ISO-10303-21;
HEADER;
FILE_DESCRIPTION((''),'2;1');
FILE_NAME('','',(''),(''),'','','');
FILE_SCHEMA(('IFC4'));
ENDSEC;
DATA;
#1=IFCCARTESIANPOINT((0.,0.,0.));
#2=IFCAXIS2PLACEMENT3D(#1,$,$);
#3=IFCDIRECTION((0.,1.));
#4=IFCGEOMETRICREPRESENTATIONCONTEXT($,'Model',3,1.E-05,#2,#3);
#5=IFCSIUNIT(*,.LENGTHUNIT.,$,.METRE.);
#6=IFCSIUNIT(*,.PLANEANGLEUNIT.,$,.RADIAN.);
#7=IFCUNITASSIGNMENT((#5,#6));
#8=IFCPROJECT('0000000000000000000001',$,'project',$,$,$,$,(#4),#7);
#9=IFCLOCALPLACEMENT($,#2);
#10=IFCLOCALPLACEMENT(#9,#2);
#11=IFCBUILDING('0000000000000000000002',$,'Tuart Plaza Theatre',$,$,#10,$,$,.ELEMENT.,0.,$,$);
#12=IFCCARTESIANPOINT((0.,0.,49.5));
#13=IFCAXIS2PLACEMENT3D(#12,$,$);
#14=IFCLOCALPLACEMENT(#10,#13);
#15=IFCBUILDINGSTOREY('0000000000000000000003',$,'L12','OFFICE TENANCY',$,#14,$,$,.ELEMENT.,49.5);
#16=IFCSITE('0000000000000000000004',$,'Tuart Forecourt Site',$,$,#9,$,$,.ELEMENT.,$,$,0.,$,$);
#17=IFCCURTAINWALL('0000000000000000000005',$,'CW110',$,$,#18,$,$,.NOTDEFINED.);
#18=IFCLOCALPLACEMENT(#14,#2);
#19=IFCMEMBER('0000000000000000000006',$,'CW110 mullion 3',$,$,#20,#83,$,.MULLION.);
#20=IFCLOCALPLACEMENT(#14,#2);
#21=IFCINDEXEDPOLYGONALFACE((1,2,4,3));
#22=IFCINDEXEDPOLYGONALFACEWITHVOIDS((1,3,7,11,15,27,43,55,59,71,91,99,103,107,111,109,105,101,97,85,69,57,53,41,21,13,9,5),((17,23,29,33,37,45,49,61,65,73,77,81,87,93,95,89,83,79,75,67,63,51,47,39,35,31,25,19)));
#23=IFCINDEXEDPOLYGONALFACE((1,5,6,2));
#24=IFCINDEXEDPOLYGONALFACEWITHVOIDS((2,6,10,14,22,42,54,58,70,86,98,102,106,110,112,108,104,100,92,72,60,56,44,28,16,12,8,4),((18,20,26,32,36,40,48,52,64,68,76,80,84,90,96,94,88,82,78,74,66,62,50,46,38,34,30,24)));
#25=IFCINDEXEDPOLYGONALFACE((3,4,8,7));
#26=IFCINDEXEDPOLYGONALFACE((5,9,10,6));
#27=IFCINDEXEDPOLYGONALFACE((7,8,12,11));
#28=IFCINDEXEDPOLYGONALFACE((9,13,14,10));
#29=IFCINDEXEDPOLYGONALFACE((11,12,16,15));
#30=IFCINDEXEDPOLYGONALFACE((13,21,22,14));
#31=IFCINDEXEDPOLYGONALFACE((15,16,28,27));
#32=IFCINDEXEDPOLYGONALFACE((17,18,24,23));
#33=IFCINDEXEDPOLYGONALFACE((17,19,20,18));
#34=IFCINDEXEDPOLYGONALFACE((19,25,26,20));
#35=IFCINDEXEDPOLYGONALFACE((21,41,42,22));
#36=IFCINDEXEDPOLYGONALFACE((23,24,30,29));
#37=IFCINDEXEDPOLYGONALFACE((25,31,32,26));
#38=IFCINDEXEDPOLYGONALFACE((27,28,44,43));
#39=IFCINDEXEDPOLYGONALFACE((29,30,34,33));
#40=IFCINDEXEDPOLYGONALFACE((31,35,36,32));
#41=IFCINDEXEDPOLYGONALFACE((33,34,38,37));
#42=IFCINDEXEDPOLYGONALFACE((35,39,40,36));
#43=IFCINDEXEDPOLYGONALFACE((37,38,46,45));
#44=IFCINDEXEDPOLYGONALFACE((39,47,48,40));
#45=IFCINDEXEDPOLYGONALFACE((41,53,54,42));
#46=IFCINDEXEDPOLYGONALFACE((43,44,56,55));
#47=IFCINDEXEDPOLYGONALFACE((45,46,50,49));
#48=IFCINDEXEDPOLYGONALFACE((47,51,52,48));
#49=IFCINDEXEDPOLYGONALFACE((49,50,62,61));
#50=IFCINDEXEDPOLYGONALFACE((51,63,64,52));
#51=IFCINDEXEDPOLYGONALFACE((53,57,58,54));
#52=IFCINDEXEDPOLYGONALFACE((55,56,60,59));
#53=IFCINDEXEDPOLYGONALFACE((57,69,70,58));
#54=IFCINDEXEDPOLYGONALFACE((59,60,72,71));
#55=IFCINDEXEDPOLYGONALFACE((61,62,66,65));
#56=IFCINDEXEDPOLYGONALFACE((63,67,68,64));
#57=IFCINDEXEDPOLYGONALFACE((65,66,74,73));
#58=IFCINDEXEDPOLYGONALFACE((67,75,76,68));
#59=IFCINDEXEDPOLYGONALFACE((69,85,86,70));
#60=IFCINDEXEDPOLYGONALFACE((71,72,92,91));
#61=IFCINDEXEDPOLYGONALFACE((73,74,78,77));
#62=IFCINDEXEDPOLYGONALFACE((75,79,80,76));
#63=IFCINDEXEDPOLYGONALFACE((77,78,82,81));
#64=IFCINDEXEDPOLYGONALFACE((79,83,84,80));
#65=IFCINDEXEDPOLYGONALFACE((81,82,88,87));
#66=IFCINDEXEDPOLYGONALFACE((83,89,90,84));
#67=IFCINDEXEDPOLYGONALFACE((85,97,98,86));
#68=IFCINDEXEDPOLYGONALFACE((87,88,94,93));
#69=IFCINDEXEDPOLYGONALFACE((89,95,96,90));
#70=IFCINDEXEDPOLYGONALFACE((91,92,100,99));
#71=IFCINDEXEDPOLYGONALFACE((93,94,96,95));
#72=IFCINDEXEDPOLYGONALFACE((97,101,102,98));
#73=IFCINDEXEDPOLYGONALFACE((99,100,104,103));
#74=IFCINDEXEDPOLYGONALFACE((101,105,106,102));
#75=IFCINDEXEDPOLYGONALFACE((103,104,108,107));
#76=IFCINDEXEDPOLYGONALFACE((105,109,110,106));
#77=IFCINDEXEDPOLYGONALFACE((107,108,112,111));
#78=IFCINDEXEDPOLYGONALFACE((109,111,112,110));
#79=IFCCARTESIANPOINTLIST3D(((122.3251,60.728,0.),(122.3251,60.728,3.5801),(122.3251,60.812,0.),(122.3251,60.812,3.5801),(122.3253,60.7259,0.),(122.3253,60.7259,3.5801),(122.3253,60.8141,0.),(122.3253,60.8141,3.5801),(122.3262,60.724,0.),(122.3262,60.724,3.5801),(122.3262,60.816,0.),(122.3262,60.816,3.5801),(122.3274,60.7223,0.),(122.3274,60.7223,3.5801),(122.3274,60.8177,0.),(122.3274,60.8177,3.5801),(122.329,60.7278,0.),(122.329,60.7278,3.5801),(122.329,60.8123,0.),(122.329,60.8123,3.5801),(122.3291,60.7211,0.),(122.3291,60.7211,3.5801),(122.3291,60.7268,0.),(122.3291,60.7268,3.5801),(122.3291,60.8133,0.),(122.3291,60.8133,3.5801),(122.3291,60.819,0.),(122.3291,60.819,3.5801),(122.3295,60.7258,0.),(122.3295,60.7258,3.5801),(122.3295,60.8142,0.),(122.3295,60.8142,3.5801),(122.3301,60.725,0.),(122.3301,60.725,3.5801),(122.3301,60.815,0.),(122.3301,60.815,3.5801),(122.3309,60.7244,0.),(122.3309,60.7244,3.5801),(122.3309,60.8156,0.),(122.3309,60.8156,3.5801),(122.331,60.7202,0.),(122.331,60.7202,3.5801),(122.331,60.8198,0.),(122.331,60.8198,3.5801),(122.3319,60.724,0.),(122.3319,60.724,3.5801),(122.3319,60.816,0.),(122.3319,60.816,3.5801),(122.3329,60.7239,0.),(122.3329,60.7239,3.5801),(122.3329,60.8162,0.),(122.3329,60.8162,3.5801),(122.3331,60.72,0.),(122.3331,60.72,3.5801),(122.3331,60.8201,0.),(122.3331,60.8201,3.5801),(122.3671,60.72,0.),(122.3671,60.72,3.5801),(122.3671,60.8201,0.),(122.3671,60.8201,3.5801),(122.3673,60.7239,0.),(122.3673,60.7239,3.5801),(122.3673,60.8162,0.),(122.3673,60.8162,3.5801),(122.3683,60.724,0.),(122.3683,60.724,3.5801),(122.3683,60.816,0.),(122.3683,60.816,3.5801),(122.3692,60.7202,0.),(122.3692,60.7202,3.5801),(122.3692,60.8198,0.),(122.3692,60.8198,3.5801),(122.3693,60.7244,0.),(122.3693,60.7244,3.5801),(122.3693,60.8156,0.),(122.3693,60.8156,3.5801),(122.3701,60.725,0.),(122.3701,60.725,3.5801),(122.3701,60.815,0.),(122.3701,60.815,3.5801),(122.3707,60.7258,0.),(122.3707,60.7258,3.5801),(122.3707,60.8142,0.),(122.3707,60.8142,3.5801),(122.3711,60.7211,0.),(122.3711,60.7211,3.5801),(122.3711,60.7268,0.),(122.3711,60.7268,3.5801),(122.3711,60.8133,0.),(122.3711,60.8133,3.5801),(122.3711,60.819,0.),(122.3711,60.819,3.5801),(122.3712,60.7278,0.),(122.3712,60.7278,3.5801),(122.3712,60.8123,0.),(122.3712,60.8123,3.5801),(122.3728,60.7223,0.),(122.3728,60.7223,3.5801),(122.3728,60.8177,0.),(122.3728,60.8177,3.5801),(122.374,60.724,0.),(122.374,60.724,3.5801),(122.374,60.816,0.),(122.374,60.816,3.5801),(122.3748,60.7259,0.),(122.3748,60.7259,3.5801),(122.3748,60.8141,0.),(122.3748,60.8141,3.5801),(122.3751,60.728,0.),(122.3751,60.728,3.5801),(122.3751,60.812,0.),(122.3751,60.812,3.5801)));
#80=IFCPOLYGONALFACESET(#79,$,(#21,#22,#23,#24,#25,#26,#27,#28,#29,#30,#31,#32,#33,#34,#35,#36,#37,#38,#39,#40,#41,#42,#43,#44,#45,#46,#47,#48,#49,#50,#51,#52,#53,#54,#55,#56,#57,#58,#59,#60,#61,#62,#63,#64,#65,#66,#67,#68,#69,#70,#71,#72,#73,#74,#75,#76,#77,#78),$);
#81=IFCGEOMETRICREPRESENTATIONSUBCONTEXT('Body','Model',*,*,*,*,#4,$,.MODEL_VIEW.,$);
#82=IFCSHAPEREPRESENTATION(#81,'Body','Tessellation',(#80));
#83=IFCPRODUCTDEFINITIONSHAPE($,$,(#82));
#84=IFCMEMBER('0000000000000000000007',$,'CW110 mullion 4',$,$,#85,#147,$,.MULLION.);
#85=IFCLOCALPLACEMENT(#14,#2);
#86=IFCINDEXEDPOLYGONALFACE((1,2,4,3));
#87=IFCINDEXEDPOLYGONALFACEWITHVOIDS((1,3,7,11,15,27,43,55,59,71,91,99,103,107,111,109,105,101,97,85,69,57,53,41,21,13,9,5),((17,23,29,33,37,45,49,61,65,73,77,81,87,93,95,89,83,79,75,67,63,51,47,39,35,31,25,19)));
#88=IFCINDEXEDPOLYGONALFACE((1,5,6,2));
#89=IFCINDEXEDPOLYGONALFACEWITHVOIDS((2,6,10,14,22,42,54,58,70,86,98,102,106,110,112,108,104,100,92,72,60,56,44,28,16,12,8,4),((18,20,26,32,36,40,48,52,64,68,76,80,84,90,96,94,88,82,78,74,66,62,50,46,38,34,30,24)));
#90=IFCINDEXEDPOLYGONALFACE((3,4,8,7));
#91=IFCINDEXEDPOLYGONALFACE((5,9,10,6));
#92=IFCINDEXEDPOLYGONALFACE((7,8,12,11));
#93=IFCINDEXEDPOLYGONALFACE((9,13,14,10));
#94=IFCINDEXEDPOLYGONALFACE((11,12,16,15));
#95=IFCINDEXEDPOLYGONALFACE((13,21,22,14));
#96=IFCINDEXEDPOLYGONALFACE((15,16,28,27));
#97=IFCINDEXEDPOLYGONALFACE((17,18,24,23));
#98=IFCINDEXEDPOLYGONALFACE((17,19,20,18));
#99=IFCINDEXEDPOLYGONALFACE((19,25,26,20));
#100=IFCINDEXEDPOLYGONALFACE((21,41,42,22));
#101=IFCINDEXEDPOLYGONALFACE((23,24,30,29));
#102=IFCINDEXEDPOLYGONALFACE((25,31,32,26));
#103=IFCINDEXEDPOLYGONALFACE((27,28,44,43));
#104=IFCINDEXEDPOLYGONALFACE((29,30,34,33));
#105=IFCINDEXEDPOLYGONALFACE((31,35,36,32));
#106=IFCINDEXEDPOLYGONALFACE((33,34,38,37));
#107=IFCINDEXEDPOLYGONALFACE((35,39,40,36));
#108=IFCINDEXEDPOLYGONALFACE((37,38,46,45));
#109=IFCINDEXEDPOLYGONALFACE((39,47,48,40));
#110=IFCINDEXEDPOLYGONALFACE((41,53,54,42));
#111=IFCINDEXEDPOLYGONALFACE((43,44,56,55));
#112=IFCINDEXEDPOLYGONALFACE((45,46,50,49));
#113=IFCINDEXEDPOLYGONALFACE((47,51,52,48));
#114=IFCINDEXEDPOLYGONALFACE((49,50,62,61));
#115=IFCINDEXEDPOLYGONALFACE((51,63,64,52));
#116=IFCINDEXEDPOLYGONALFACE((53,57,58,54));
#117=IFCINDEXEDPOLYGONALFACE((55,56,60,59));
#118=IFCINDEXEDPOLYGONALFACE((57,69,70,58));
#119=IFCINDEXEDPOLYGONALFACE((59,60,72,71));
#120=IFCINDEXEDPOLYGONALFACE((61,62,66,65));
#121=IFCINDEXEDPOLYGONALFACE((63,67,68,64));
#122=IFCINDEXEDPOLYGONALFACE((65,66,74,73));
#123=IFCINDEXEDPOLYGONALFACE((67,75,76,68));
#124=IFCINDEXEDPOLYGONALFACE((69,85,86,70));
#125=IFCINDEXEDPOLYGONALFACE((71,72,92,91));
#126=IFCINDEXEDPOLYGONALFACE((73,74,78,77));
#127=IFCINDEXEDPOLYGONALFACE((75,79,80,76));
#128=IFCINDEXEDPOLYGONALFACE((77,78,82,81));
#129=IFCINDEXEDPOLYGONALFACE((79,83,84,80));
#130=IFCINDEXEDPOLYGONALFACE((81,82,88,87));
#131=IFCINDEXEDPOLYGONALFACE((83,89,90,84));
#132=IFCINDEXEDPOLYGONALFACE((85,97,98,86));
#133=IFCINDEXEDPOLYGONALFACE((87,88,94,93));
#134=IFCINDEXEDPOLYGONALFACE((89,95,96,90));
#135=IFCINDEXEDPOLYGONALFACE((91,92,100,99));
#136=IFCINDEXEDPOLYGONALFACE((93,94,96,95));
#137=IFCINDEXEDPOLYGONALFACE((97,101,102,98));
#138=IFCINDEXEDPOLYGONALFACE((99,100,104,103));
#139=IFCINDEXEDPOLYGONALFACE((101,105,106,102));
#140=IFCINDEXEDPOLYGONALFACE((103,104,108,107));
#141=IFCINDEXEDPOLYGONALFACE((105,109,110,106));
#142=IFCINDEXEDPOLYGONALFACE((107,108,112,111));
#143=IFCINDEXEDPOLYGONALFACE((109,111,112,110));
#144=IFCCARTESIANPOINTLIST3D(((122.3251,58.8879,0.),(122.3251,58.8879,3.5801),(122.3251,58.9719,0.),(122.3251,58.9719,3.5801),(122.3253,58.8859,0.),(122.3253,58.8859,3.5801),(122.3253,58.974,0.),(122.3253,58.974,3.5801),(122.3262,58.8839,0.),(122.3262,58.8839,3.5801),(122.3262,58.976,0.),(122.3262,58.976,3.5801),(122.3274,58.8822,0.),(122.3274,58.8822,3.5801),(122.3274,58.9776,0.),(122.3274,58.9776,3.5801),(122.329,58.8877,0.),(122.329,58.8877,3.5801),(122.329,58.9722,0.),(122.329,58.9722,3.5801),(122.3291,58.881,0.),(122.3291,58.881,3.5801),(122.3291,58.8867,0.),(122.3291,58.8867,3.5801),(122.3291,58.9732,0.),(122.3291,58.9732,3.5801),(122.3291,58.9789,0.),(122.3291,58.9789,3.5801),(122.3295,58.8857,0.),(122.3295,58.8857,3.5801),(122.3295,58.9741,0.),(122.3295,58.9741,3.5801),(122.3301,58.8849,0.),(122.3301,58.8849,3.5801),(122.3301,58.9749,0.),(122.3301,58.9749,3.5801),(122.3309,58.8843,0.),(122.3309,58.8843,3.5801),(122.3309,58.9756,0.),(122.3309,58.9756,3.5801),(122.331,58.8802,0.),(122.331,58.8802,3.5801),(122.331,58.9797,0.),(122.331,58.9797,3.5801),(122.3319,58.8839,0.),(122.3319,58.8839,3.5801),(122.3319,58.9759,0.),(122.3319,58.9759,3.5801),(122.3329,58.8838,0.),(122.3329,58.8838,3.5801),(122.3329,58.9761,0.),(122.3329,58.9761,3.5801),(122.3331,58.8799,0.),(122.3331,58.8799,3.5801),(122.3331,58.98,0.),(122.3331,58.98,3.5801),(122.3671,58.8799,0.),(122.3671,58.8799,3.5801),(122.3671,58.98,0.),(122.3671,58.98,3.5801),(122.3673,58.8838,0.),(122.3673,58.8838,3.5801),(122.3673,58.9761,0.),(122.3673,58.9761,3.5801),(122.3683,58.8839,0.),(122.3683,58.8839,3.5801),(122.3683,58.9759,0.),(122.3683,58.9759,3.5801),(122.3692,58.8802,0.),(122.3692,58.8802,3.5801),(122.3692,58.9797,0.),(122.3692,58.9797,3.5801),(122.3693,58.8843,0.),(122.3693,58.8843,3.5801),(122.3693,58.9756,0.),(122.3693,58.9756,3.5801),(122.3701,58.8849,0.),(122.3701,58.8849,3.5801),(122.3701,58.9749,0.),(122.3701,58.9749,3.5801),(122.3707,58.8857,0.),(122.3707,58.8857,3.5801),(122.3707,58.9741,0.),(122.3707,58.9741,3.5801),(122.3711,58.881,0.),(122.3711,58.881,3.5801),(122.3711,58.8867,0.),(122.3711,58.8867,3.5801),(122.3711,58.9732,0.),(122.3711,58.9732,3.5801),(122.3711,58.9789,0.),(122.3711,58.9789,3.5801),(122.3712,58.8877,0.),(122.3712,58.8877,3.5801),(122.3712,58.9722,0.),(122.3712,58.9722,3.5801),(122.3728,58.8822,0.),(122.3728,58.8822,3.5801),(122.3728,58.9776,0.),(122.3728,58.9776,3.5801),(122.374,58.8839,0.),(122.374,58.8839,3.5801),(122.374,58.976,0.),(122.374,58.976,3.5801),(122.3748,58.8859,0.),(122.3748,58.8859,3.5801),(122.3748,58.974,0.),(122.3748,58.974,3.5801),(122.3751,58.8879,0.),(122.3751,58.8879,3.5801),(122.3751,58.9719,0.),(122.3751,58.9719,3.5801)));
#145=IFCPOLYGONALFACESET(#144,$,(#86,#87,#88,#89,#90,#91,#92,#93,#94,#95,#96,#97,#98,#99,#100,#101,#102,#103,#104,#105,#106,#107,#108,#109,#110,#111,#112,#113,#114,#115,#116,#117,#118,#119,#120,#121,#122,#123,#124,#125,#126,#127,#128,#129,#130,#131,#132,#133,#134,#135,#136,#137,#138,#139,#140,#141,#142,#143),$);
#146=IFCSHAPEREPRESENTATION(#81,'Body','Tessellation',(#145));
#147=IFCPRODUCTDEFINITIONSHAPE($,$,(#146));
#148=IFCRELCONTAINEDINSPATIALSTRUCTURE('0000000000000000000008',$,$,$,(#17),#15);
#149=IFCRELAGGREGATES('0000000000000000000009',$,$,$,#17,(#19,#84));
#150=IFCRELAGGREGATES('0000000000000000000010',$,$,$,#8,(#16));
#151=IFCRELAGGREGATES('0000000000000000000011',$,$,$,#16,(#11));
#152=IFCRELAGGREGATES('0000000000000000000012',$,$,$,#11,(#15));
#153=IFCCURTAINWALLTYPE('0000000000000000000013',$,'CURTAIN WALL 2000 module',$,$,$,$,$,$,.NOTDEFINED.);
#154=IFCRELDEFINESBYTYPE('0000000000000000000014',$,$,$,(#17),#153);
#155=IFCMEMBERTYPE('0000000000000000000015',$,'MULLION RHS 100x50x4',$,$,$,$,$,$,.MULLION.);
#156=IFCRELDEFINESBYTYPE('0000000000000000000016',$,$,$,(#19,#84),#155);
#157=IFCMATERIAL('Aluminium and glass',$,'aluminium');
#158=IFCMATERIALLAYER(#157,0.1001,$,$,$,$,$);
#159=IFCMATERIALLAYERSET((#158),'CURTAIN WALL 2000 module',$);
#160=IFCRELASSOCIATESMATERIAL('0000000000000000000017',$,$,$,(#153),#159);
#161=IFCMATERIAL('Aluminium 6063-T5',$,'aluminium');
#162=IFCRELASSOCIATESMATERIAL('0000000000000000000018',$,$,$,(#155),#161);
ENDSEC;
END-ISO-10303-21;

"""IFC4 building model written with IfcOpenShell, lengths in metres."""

from ifc_helpers import new_model, si_unit, direction, frame, origin, origin_2d, place, context, subcontext, project, spatial, hollow_rectangle, extrude, material, layer, layer_set, material_profile, profile_set, type_object, element, aggregate, save


model = new_model("IFC4")

# Units and contexts
model_context = context("Model", 3, precision=1e-05, world=origin(), true_north=direction((0.0, 1.0)))
body_context = subcontext(model_context, "Body", "Model", "MODEL_VIEW")
ifc_project = project(units=[si_unit("LENGTHUNIT", "METRE"), si_unit("PLANEANGLEUNIT", "RADIAN")], contexts=[model_context])

# Site, building, storey
site_placement = place(None, origin())
site = spatial("IfcSite", under=ifc_project, at=site_placement, Name="Tuart Forecourt Site", CompositionType="ELEMENT", RefElevation=0.0)
building_placement = place(site_placement, origin())
building = spatial("IfcBuilding", under=site, at=building_placement, Name="Tuart Plaza Theatre", CompositionType="ELEMENT", ElevationOfRefHeight=0.0)
storey_placement = place(building_placement, frame((0.0, 0.0, 49.5)))
storey = spatial("IfcBuildingStorey", under=building, at=storey_placement, Name="L12", Description="OFFICE TENANCY", CompositionType="ELEMENT", Elevation=49.5)

# Curtain wall, members
ifc_material_1 = material(Name="Aluminium and glass", Category="aluminium")
ifc_layer_1 = layer(ifc_material_1, 0.1001)
ifc_layer_set_1 = layer_set([ifc_layer_1], Name="CURTAIN WALL 2000 module")
curtain_wall_type = type_object("IfcCurtainWallType", Name="CURTAIN WALL 2000 module", PredefinedType="NOTDEFINED", material=ifc_layer_set_1)
curtain_wall_placement = place(storey_placement, origin())
curtain_wall = element("IfcCurtainWall", 1, at=curtain_wall_placement, inside=storey, type_object=curtain_wall_type, Name="CW110", PredefinedType="NOTDEFINED")
ifc_material_2 = material(Name="Aluminium 6063-T5", Category="aluminium")
ifc_material_profile_1 = material_profile(ifc_material_2, hollow_rectangle(XDim=0.05, YDim=0.1001, WallThickness=0.0039, InnerFilletRadius=0.0039, OuterFilletRadius=0.0081, at=origin_2d()), Name="RHS 100x50x4")
ifc_profile_set_1 = profile_set([ifc_material_profile_1], Name="Aluminium 6063-T5")
member_type_1 = type_object("IfcMemberType", Name="MULLION RHS 100x50x4", PredefinedType="MULLION", material=ifc_profile_set_1)
member_1_placement = place(storey_placement, frame((122.3501, 60.77, 0.0), z_axis=(0.0, 0.0, 1.0), x_axis=(1.0, 0.0, 0.0)))
member_1 = element("IfcMember", 2, at=member_1_placement, type_object=member_type_1, Name="CW110 mullion 3", PredefinedType="MULLION", context=body_context, shape_type="SweptSolid", body=[
    extrude(hollow_rectangle(XDim=0.05, YDim=0.1001, WallThickness=0.0039, InnerFilletRadius=0.0039, OuterFilletRadius=0.0081, at=origin_2d()), origin(), (0.0, 0.0, 1.0), 3.5801),
])
member_2_placement = place(storey_placement, frame((122.3501, 58.9299, 0.0), z_axis=(0.0, 0.0, 1.0), x_axis=(1.0, 0.0, 0.0)))
member_2 = element("IfcMember", 3, at=member_2_placement, type_object=member_type_1, Name="CW110 mullion 4", PredefinedType="MULLION", context=body_context, shape_type="SweptSolid", body=[
    extrude(hollow_rectangle(XDim=0.05, YDim=0.1001, WallThickness=0.0039, InnerFilletRadius=0.0039, OuterFilletRadius=0.0081, at=origin_2d()), origin(), (0.0, 0.0, 1.0), 3.5801),
])
aggregate(curtain_wall, [member_1, member_2])

save(model, "model.ifc")
